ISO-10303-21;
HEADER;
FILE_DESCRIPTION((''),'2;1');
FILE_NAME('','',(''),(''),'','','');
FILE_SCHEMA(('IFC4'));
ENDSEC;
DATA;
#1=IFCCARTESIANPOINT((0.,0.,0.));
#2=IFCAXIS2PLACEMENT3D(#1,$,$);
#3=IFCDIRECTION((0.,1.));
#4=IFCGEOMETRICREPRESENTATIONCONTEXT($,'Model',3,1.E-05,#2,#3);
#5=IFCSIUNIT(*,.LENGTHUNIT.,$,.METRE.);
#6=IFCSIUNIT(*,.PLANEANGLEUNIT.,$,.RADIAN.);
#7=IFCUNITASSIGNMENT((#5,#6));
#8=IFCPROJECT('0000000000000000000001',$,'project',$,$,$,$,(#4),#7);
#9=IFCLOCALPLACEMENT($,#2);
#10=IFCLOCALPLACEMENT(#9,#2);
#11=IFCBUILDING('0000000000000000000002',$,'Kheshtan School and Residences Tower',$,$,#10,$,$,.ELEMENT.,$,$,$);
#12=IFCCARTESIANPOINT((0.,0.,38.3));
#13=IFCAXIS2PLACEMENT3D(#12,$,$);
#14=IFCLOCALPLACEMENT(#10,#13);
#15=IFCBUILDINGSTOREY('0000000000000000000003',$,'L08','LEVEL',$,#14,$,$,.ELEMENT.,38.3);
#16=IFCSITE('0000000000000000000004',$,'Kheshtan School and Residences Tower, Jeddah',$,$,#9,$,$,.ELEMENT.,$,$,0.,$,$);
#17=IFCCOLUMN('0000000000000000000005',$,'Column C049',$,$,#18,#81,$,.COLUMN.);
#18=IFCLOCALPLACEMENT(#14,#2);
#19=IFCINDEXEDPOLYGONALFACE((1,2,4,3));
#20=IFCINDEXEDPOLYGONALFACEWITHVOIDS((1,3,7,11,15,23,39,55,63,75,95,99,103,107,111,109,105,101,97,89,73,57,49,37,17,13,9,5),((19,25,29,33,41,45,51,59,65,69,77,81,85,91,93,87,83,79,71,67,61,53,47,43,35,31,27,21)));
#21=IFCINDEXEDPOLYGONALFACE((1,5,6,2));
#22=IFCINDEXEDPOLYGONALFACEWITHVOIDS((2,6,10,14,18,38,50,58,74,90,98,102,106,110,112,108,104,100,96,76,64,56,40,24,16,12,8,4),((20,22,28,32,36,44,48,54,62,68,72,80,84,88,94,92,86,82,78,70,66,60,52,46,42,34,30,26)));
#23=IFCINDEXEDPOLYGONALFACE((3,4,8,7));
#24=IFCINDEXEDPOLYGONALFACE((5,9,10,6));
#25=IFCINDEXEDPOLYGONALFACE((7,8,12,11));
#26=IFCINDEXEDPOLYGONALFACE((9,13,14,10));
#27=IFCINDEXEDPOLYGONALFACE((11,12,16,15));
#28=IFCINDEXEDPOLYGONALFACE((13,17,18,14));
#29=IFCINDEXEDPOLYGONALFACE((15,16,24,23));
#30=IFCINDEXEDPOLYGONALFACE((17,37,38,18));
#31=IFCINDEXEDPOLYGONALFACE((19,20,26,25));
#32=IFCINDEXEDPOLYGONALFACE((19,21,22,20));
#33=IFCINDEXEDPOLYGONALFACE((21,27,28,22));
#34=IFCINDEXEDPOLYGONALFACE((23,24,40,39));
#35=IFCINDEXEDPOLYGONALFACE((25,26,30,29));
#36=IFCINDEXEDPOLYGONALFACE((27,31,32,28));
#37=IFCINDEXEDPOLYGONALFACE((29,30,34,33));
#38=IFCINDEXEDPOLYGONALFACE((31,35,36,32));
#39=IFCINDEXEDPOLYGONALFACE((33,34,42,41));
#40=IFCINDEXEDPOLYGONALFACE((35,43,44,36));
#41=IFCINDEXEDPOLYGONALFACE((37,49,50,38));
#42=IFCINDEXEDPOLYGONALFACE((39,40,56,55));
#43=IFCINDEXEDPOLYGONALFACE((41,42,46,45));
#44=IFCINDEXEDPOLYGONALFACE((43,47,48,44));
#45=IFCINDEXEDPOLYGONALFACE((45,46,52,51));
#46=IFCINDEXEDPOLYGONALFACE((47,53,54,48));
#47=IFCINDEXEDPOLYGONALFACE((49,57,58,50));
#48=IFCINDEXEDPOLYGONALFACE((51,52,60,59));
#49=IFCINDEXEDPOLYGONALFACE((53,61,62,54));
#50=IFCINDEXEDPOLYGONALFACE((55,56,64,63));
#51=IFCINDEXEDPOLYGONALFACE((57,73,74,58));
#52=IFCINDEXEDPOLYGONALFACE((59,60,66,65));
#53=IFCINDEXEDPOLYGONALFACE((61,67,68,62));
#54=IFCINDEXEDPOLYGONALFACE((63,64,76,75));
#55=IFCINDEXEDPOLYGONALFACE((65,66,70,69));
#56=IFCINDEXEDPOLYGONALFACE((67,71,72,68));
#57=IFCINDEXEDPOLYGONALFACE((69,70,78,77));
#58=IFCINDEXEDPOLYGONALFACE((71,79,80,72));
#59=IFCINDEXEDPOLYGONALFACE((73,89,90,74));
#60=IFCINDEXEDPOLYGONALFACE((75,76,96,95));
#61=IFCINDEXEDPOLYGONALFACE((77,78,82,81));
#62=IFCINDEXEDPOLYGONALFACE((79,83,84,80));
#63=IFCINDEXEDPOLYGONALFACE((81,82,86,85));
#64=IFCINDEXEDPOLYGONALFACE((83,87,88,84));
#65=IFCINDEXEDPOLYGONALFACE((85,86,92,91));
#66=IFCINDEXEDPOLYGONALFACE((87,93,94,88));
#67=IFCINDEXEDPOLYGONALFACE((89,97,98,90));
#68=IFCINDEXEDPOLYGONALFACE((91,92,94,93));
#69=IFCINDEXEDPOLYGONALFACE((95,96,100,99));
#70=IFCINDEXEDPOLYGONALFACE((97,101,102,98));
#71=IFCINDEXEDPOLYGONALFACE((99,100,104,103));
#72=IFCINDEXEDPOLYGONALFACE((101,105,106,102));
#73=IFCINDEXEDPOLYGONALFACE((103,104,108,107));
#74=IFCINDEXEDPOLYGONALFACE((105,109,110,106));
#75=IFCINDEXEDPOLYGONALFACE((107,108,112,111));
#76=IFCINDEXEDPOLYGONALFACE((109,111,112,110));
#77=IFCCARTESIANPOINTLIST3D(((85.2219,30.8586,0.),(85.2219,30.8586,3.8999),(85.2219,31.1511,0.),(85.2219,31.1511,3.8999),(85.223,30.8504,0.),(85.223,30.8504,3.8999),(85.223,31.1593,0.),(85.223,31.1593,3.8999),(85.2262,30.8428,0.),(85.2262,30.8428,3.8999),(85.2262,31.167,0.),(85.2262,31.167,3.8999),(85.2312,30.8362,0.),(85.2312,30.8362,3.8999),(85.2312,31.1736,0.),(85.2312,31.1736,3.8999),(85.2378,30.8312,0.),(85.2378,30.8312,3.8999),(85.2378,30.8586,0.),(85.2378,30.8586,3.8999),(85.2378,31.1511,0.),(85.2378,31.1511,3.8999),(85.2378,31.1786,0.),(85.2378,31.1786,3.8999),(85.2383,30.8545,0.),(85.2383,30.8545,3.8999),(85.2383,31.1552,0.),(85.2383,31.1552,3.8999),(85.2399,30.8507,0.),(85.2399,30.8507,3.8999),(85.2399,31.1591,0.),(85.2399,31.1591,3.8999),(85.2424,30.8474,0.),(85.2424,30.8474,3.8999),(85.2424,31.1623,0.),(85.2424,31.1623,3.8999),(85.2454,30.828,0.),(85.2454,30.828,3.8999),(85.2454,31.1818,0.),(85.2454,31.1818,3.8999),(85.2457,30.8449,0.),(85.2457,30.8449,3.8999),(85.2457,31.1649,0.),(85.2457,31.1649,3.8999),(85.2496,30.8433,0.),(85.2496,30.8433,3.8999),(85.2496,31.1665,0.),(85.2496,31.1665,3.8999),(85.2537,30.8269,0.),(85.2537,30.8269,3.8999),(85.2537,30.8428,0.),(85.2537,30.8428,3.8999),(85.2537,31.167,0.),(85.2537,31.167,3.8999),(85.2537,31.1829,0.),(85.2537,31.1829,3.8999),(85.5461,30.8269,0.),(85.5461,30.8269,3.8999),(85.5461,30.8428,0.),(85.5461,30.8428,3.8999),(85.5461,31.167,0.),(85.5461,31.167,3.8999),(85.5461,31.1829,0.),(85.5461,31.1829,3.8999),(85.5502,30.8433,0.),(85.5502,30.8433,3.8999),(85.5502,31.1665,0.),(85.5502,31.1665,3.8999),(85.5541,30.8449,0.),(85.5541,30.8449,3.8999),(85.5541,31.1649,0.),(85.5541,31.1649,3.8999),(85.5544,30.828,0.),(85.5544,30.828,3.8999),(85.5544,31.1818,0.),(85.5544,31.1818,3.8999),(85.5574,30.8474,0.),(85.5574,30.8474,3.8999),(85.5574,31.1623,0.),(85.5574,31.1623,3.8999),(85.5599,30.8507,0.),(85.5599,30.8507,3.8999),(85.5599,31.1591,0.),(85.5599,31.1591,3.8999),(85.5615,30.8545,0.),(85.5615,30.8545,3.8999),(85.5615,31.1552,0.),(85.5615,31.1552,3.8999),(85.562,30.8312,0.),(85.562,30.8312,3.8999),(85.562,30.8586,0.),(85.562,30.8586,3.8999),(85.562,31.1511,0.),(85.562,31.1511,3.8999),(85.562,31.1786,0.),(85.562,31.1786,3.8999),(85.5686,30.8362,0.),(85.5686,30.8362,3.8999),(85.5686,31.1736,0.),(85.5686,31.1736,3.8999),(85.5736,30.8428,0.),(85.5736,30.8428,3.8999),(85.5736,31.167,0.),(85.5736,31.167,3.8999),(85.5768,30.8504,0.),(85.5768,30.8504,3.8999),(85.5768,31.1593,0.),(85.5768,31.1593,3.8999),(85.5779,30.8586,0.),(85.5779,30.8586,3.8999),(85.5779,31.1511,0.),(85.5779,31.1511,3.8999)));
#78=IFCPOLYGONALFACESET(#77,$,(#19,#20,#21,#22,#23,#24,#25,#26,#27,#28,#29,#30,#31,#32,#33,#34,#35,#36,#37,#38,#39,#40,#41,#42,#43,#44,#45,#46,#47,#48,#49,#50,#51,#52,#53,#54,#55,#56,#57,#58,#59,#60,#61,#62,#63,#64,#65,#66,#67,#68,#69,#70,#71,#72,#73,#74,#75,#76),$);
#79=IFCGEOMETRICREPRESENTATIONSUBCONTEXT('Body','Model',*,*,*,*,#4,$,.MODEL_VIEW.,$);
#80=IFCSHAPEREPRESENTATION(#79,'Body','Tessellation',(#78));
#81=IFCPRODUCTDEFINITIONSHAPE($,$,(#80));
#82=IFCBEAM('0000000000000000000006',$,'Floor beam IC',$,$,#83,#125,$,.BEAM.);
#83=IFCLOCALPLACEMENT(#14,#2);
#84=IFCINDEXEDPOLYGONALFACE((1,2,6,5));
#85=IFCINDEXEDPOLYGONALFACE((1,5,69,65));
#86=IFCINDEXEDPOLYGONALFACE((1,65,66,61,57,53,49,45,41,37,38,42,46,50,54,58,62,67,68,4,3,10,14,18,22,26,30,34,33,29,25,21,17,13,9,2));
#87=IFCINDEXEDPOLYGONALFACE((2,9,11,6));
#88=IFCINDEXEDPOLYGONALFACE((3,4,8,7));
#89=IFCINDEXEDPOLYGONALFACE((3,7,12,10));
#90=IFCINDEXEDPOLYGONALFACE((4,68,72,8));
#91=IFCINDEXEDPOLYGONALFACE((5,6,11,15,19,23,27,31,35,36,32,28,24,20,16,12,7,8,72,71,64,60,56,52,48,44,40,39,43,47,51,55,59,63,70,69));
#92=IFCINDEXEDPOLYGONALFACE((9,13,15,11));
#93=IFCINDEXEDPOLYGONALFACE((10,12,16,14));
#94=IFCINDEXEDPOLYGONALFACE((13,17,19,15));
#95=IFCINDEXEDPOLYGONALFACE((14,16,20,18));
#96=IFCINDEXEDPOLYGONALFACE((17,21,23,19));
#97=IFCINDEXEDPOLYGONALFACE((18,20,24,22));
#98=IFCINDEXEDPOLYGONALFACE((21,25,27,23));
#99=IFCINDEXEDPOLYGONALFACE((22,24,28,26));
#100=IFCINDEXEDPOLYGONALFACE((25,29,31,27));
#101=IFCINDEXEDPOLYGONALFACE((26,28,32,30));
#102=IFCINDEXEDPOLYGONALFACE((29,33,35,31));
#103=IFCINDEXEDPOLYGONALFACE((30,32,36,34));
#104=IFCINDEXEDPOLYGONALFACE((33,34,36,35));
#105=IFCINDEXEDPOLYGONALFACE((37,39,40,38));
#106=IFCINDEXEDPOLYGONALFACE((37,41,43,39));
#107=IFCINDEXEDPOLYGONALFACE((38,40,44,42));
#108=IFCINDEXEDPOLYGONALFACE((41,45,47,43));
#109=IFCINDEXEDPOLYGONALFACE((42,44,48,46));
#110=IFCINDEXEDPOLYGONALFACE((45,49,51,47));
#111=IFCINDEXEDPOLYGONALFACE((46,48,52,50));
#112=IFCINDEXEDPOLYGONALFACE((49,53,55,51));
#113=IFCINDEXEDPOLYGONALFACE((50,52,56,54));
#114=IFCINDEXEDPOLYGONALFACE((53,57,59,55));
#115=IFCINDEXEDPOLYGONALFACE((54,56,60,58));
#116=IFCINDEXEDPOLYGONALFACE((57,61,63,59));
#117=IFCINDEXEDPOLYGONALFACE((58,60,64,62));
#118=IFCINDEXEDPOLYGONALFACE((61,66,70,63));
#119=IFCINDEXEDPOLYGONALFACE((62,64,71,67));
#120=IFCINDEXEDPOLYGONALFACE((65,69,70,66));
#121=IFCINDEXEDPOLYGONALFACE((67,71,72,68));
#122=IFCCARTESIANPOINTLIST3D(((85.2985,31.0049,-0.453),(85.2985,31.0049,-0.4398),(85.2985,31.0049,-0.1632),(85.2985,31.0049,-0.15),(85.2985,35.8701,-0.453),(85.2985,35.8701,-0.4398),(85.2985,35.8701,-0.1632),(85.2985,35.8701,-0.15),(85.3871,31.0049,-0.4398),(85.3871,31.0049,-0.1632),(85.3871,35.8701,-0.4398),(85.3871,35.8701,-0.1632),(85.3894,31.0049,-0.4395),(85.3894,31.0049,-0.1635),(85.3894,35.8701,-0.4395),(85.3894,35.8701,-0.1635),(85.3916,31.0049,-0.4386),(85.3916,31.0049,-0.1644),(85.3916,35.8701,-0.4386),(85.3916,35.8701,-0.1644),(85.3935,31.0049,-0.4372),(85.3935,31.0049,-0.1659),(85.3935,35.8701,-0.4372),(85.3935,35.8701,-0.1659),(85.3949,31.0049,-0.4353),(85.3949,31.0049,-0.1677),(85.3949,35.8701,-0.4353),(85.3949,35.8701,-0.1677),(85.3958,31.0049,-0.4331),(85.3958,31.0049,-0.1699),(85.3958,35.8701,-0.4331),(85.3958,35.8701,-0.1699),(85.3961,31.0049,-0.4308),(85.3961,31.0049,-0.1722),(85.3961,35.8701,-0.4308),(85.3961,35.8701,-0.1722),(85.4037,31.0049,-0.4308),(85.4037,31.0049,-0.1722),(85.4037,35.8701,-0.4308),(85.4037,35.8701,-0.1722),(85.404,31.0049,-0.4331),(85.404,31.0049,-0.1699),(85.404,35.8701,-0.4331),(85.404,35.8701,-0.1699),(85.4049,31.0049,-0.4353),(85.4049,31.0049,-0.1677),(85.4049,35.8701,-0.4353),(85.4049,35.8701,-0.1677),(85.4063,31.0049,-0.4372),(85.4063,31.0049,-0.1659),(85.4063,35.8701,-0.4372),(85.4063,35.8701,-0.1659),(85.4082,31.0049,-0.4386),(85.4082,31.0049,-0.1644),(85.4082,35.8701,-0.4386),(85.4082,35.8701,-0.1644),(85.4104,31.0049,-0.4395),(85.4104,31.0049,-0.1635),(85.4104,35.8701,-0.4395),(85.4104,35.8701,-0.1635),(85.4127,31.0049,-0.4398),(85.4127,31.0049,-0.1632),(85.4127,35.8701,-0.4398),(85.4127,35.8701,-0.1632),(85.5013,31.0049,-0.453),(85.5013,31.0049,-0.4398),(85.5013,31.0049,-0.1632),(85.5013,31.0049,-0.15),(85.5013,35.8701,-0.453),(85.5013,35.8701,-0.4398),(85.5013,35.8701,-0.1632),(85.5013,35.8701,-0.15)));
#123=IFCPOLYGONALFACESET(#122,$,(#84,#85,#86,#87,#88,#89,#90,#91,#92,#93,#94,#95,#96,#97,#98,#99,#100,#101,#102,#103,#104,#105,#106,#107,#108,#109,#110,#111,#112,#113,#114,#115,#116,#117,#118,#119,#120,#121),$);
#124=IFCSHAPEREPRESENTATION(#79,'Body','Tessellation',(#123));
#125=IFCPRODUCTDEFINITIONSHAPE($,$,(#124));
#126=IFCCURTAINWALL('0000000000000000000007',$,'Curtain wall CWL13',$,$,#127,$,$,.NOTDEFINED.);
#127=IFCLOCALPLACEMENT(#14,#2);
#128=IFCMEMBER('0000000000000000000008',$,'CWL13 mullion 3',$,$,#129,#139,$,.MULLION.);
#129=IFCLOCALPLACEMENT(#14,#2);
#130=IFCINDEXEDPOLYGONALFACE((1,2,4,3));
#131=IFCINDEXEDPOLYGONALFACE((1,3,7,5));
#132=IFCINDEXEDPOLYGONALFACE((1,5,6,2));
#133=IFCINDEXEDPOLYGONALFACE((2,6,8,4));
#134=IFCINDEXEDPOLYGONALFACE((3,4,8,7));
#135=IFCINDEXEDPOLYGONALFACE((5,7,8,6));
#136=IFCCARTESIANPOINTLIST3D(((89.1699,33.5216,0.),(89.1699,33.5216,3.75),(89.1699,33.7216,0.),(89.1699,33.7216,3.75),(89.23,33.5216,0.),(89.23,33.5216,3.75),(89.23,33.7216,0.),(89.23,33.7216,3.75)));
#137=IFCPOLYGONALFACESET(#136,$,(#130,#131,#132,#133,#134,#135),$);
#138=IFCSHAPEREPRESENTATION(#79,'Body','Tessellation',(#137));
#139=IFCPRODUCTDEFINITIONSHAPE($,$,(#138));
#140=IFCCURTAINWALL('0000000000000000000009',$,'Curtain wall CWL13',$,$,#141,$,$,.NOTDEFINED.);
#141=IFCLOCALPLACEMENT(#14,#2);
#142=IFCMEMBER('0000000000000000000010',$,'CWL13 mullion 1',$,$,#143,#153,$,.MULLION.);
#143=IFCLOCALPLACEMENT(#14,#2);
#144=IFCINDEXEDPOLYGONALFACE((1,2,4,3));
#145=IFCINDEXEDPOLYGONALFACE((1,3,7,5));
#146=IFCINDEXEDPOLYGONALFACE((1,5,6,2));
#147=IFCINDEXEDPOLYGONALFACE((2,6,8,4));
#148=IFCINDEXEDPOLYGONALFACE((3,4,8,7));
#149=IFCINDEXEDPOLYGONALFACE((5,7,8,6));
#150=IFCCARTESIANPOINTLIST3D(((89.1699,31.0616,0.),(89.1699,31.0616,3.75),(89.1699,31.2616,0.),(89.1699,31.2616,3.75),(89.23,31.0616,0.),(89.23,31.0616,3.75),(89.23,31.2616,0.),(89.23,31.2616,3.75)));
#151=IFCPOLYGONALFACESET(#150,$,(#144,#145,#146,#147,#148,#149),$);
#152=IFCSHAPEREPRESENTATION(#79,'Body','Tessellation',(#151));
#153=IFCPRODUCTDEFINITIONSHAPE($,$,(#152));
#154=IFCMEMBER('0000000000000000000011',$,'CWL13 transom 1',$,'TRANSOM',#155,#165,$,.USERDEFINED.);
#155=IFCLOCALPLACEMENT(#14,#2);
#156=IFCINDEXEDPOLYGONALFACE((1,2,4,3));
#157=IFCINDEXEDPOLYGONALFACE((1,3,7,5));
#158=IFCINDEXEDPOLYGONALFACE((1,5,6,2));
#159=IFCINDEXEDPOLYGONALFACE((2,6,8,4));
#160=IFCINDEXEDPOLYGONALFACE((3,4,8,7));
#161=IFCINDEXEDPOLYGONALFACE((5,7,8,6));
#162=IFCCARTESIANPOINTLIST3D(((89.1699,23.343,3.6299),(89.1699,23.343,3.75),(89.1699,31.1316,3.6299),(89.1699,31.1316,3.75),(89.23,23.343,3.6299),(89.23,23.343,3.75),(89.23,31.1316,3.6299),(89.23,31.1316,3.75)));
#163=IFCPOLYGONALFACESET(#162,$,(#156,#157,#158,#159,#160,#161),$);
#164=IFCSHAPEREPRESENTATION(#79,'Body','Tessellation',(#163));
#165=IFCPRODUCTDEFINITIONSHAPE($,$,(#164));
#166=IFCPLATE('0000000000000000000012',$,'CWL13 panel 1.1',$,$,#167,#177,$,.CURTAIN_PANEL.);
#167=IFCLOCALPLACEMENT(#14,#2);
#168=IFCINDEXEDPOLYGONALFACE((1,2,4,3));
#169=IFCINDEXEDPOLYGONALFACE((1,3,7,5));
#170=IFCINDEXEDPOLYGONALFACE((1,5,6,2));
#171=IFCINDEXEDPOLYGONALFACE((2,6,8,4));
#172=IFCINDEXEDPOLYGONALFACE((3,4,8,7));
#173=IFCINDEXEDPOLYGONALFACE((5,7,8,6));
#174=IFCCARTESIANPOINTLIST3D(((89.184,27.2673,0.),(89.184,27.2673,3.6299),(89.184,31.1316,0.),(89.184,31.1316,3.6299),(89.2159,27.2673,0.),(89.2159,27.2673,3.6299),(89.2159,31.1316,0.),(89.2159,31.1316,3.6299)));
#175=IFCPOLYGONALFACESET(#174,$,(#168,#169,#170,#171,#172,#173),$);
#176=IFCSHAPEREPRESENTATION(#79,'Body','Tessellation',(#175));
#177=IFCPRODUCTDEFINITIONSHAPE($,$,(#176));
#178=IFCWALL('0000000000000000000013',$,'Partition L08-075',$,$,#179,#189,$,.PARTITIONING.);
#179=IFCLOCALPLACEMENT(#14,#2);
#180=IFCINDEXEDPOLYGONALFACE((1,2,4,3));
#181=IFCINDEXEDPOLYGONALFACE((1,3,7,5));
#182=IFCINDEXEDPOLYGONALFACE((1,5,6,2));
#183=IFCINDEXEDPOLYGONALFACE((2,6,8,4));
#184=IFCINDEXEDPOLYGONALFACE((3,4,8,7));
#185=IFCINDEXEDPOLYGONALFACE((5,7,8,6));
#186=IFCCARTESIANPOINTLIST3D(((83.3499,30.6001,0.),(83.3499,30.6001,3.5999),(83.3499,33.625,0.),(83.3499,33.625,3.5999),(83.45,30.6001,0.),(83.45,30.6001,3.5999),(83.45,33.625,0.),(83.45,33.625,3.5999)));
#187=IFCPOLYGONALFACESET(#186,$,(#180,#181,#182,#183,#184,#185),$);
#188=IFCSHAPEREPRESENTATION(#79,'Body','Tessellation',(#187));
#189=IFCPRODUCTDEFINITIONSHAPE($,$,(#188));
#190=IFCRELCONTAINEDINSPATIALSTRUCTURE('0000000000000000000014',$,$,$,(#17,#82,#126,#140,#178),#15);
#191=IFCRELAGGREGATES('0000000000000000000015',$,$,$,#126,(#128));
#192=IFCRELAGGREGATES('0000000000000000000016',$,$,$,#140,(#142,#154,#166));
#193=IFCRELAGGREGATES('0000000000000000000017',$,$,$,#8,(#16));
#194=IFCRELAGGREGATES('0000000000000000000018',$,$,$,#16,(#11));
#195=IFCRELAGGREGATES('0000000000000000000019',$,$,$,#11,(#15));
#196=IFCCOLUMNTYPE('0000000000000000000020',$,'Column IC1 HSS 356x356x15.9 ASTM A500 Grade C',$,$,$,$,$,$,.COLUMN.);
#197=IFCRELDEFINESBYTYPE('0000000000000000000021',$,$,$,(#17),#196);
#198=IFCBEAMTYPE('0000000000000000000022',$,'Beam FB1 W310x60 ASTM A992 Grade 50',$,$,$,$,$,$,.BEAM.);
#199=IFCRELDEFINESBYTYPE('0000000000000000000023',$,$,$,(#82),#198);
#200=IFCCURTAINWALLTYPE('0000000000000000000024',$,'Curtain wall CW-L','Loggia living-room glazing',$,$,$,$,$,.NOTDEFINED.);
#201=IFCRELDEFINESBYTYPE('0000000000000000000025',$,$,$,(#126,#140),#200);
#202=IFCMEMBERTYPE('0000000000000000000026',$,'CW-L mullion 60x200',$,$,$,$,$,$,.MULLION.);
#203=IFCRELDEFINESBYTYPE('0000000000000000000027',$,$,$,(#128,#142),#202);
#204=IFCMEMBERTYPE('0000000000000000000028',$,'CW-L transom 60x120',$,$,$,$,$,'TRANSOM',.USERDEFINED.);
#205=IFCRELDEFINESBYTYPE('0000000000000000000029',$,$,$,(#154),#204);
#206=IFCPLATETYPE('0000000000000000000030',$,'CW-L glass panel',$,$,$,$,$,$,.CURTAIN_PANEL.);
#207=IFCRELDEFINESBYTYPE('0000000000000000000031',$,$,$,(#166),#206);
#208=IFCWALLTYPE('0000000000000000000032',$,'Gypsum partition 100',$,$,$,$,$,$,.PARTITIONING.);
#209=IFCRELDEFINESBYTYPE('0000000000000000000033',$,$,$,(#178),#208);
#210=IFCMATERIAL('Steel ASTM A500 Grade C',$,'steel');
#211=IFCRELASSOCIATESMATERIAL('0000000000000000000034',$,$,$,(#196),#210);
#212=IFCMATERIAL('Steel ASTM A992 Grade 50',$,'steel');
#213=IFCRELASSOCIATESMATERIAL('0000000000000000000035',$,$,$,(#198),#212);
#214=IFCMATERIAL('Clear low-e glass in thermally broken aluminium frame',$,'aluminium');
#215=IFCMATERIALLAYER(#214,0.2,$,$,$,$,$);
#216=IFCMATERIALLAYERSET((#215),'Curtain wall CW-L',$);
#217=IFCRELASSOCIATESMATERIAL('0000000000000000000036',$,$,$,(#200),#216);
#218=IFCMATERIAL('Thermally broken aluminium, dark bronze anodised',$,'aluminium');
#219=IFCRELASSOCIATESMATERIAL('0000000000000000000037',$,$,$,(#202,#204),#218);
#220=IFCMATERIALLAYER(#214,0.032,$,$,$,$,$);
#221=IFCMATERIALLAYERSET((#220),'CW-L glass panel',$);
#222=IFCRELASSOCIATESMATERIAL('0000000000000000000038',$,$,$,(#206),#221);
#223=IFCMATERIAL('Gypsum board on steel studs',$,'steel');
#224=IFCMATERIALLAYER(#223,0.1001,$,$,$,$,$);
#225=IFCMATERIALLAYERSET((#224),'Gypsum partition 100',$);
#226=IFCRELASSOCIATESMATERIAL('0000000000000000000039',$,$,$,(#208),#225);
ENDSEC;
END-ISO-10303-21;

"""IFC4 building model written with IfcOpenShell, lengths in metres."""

from ifc_helpers import new_model, si_unit, direction, frame, frame_2d, origin, origin_2d, place, context, subcontext, project, spatial, rectangle, hollow_rectangle, i_section, extrude, material, layer, layer_set, material_profile, profile_set, type_object, element, aggregate, save


model = new_model("IFC4")

# Units and contexts
model_context = context("Model", 3, precision=1e-05, world=origin(), true_north=direction((0.0, 1.0)))
body_context = subcontext(model_context, "Body", "Model", "MODEL_VIEW")
ifc_project = project(units=[si_unit("LENGTHUNIT", "METRE"), si_unit("PLANEANGLEUNIT", "RADIAN")], contexts=[model_context])

# Site, building, storey
site_placement = place(None, origin())
site = spatial("IfcSite", under=ifc_project, at=site_placement, Name="Kheshtan School and Residences Tower, Jeddah", CompositionType="ELEMENT", RefElevation=0.0)
building_placement = place(site_placement, origin())
building = spatial("IfcBuilding", under=site, at=building_placement, Name="Kheshtan School and Residences Tower", CompositionType="ELEMENT")
storey_placement = place(building_placement, frame((0.0, 0.0, 38.3)))
storey = spatial("IfcBuildingStorey", under=building, at=storey_placement, Name="L08", Description="LEVEL", CompositionType="ELEMENT", Elevation=38.3)

# Column
ifc_material_1 = material(Name="Steel ASTM A500 Grade C", Category="steel")
ifc_material_profile_1 = material_profile(ifc_material_1, hollow_rectangle(XDim=0.356, YDim=0.356, WallThickness=0.0159, InnerFilletRadius=0.0159, OuterFilletRadius=0.0317, at=origin_2d()), Name="HSS 356x356x15.9")
ifc_profile_set_1 = profile_set([ifc_material_profile_1], Name="Steel ASTM A500 Grade C")
column_type = type_object("IfcColumnType", Name="Column IC1 HSS 356x356x15.9 ASTM A500 Grade C", PredefinedType="COLUMN", material=ifc_profile_set_1)
column_placement = place(storey_placement, frame((85.3999, 31.0049, 0.0), z_axis=(0.0, 0.0, 1.0), x_axis=(1.0, 0.0, 0.0)))
element("IfcColumn", 1, at=column_placement, inside=storey, type_object=column_type, Name="Column C049", PredefinedType="COLUMN", context=body_context, shape_type="SweptSolid", body=[
    extrude(hollow_rectangle(XDim=0.356, YDim=0.356, WallThickness=0.0159, InnerFilletRadius=0.0159, OuterFilletRadius=0.0317, at=origin_2d()), origin(), (0.0, 0.0, 1.0), 3.8999),
])

# Beam
ifc_material_2 = material(Name="Steel ASTM A992 Grade 50", Category="steel")
ifc_material_profile_2 = material_profile(ifc_material_2, i_section(OverallWidth=0.2029, OverallDepth=0.303, WebThickness=0.0076, FlangeThickness=0.0132, FilletRadius=0.009, at=origin_2d()), Name="W310x60")
ifc_profile_set_2 = profile_set([ifc_material_profile_2], Name="Steel ASTM A992 Grade 50")
beam_type = type_object("IfcBeamType", Name="Beam FB1 W310x60 ASTM A992 Grade 50", PredefinedType="BEAM", material=ifc_profile_set_2)
beam_placement = place(storey_placement, frame((85.3999, 31.0049, -0.3015), z_axis=(0.0, 1.0, 0.0), x_axis=(-1.0, 0.0, 0.0)))
element("IfcBeam", 2, at=beam_placement, inside=storey, type_object=beam_type, Name="Floor beam IC", PredefinedType="BEAM", context=body_context, shape_type="SweptSolid", body=[
    extrude(i_section(OverallWidth=0.2029, OverallDepth=0.303, WebThickness=0.0076, FlangeThickness=0.0132, FilletRadius=0.009, at=origin_2d()), origin(), (0.0, 0.0, 1.0), 4.8652),
])

# Curtain wall, member
ifc_material_3 = material(Name="Clear low-e glass in thermally broken aluminium frame", Category="aluminium")
ifc_layer_1 = layer(ifc_material_3, 0.2)
ifc_layer_set_1 = layer_set([ifc_layer_1], Name="Curtain wall CW-L")
curtain_wall_type = type_object("IfcCurtainWallType", Name="Curtain wall CW-L", Description="Loggia living-room glazing", PredefinedType="NOTDEFINED", material=ifc_layer_set_1)
curtain_wall_1_placement = place(storey_placement, origin())
curtain_wall_1 = element("IfcCurtainWall", 3, at=curtain_wall_1_placement, inside=storey, type_object=curtain_wall_type, Name="Curtain wall CWL13", PredefinedType="NOTDEFINED")
ifc_material_4 = material(Name="Thermally broken aluminium, dark bronze anodised", Category="aluminium")
ifc_material_profile_3 = material_profile(ifc_material_4, rectangle(XDim=0.0601, YDim=0.2, at=origin_2d()), Name="CW-L mullion 60x200")
ifc_profile_set_3 = profile_set([ifc_material_profile_3], Name="Thermally broken aluminium, dark bronze anodised")
member_type_1 = type_object("IfcMemberType", Name="CW-L mullion 60x200", PredefinedType="MULLION", material=ifc_profile_set_3)
member_1_placement = place(storey_placement, frame((89.2, 33.6216, 0.0), z_axis=(0.0, 0.0, 1.0), x_axis=(1.0, 0.0, 0.0)))
member_1 = element("IfcMember", 4, at=member_1_placement, type_object=member_type_1, Name="CWL13 mullion 3", PredefinedType="MULLION", context=body_context, shape_type="SweptSolid", body=[
    extrude(rectangle(XDim=0.0601, YDim=0.2, at=origin_2d()), origin(), (0.0, 0.0, 1.0), 3.75),
])
aggregate(curtain_wall_1, [member_1])

# Curtain wall, members, plate
curtain_wall_2_placement = place(storey_placement, origin())
curtain_wall_2 = element("IfcCurtainWall", 5, at=curtain_wall_2_placement, inside=storey, type_object=curtain_wall_type, Name="Curtain wall CWL13", PredefinedType="NOTDEFINED")
member_2_placement = place(storey_placement, frame((89.2, 31.1616, 0.0), z_axis=(0.0, 0.0, 1.0), x_axis=(1.0, 0.0, 0.0)))
member_2 = element("IfcMember", 6, at=member_2_placement, type_object=member_type_1, Name="CWL13 mullion 1", PredefinedType="MULLION", context=body_context, shape_type="SweptSolid", body=[
    extrude(rectangle(XDim=0.0601, YDim=0.2, at=origin_2d()), origin(), (0.0, 0.0, 1.0), 3.75),
])
ifc_material_profile_4 = material_profile(ifc_material_4, rectangle(XDim=0.0601, YDim=0.1201, at=origin_2d()), Name="CW-L transom 60x120")
ifc_profile_set_4 = profile_set([ifc_material_profile_4], Name="Thermally broken aluminium, dark bronze anodised")
member_type_2 = type_object("IfcMemberType", Name="CW-L transom 60x120", ElementType="TRANSOM", PredefinedType="USERDEFINED", material=ifc_profile_set_4)
member_3_placement = place(storey_placement, frame((89.2, 31.1316, 3.6899), z_axis=(0.0, -1.0, 0.0), x_axis=(1.0, 0.0, 0.0)))
member_3 = element("IfcMember", 7, at=member_3_placement, type_object=member_type_2, Name="CWL13 transom 1", ObjectType="TRANSOM", PredefinedType="USERDEFINED", context=body_context, shape_type="SweptSolid", body=[
    extrude(rectangle(XDim=0.0601, YDim=0.1201, at=origin_2d()), origin(), (0.0, 0.0, 1.0), 7.7886),
])
ifc_layer_2 = layer(ifc_material_3, 0.032)
ifc_layer_set_2 = layer_set([ifc_layer_2], Name="CW-L glass panel")
plate_type = type_object("IfcPlateType", Name="CW-L glass panel", PredefinedType="CURTAIN_PANEL", material=ifc_layer_set_2)
plate_placement = place(storey_placement, frame((89.2, 29.1995, 0.0), z_axis=(0.0, 0.0, 1.0), x_axis=(0.0, -1.0, 0.0)))
plate = element("IfcPlate", 8, at=plate_placement, type_object=plate_type, Name="CWL13 panel 1.1", PredefinedType="CURTAIN_PANEL", context=body_context, shape_type="SweptSolid", body=[
    extrude(rectangle(XDim=3.8643, YDim=0.032, at=origin_2d()), origin(), (0.0, 0.0, 1.0), 3.6299),
])
aggregate(curtain_wall_2, [member_2, member_3, plate])

# Wall
ifc_material_5 = material(Name="Gypsum board on steel studs", Category="steel")
ifc_layer_3 = layer(ifc_material_5, 0.1001)
ifc_layer_set_3 = layer_set([ifc_layer_3], Name="Gypsum partition 100")
wall_type_1 = type_object("IfcWallType", Name="Gypsum partition 100", PredefinedType="PARTITIONING", material=ifc_layer_set_3)
wall_1_placement = place(storey_placement, frame((83.3999, 30.6001, 0.0), z_axis=(0.0, 0.0, 1.0), x_axis=(0.0, 1.0, 0.0)))
element("IfcWall", 9, at=wall_1_placement, inside=storey, type_object=wall_type_1, Name="Partition L08-075", PredefinedType="PARTITIONING", context=body_context, shape_type="SweptSolid", body=[
    extrude(rectangle(XDim=3.0249, YDim=0.1001, at=frame_2d((1.5125, 0.0))), origin(), (0.0, 0.0, 1.0), 3.5999),
])

save(model, "model.ifc")
